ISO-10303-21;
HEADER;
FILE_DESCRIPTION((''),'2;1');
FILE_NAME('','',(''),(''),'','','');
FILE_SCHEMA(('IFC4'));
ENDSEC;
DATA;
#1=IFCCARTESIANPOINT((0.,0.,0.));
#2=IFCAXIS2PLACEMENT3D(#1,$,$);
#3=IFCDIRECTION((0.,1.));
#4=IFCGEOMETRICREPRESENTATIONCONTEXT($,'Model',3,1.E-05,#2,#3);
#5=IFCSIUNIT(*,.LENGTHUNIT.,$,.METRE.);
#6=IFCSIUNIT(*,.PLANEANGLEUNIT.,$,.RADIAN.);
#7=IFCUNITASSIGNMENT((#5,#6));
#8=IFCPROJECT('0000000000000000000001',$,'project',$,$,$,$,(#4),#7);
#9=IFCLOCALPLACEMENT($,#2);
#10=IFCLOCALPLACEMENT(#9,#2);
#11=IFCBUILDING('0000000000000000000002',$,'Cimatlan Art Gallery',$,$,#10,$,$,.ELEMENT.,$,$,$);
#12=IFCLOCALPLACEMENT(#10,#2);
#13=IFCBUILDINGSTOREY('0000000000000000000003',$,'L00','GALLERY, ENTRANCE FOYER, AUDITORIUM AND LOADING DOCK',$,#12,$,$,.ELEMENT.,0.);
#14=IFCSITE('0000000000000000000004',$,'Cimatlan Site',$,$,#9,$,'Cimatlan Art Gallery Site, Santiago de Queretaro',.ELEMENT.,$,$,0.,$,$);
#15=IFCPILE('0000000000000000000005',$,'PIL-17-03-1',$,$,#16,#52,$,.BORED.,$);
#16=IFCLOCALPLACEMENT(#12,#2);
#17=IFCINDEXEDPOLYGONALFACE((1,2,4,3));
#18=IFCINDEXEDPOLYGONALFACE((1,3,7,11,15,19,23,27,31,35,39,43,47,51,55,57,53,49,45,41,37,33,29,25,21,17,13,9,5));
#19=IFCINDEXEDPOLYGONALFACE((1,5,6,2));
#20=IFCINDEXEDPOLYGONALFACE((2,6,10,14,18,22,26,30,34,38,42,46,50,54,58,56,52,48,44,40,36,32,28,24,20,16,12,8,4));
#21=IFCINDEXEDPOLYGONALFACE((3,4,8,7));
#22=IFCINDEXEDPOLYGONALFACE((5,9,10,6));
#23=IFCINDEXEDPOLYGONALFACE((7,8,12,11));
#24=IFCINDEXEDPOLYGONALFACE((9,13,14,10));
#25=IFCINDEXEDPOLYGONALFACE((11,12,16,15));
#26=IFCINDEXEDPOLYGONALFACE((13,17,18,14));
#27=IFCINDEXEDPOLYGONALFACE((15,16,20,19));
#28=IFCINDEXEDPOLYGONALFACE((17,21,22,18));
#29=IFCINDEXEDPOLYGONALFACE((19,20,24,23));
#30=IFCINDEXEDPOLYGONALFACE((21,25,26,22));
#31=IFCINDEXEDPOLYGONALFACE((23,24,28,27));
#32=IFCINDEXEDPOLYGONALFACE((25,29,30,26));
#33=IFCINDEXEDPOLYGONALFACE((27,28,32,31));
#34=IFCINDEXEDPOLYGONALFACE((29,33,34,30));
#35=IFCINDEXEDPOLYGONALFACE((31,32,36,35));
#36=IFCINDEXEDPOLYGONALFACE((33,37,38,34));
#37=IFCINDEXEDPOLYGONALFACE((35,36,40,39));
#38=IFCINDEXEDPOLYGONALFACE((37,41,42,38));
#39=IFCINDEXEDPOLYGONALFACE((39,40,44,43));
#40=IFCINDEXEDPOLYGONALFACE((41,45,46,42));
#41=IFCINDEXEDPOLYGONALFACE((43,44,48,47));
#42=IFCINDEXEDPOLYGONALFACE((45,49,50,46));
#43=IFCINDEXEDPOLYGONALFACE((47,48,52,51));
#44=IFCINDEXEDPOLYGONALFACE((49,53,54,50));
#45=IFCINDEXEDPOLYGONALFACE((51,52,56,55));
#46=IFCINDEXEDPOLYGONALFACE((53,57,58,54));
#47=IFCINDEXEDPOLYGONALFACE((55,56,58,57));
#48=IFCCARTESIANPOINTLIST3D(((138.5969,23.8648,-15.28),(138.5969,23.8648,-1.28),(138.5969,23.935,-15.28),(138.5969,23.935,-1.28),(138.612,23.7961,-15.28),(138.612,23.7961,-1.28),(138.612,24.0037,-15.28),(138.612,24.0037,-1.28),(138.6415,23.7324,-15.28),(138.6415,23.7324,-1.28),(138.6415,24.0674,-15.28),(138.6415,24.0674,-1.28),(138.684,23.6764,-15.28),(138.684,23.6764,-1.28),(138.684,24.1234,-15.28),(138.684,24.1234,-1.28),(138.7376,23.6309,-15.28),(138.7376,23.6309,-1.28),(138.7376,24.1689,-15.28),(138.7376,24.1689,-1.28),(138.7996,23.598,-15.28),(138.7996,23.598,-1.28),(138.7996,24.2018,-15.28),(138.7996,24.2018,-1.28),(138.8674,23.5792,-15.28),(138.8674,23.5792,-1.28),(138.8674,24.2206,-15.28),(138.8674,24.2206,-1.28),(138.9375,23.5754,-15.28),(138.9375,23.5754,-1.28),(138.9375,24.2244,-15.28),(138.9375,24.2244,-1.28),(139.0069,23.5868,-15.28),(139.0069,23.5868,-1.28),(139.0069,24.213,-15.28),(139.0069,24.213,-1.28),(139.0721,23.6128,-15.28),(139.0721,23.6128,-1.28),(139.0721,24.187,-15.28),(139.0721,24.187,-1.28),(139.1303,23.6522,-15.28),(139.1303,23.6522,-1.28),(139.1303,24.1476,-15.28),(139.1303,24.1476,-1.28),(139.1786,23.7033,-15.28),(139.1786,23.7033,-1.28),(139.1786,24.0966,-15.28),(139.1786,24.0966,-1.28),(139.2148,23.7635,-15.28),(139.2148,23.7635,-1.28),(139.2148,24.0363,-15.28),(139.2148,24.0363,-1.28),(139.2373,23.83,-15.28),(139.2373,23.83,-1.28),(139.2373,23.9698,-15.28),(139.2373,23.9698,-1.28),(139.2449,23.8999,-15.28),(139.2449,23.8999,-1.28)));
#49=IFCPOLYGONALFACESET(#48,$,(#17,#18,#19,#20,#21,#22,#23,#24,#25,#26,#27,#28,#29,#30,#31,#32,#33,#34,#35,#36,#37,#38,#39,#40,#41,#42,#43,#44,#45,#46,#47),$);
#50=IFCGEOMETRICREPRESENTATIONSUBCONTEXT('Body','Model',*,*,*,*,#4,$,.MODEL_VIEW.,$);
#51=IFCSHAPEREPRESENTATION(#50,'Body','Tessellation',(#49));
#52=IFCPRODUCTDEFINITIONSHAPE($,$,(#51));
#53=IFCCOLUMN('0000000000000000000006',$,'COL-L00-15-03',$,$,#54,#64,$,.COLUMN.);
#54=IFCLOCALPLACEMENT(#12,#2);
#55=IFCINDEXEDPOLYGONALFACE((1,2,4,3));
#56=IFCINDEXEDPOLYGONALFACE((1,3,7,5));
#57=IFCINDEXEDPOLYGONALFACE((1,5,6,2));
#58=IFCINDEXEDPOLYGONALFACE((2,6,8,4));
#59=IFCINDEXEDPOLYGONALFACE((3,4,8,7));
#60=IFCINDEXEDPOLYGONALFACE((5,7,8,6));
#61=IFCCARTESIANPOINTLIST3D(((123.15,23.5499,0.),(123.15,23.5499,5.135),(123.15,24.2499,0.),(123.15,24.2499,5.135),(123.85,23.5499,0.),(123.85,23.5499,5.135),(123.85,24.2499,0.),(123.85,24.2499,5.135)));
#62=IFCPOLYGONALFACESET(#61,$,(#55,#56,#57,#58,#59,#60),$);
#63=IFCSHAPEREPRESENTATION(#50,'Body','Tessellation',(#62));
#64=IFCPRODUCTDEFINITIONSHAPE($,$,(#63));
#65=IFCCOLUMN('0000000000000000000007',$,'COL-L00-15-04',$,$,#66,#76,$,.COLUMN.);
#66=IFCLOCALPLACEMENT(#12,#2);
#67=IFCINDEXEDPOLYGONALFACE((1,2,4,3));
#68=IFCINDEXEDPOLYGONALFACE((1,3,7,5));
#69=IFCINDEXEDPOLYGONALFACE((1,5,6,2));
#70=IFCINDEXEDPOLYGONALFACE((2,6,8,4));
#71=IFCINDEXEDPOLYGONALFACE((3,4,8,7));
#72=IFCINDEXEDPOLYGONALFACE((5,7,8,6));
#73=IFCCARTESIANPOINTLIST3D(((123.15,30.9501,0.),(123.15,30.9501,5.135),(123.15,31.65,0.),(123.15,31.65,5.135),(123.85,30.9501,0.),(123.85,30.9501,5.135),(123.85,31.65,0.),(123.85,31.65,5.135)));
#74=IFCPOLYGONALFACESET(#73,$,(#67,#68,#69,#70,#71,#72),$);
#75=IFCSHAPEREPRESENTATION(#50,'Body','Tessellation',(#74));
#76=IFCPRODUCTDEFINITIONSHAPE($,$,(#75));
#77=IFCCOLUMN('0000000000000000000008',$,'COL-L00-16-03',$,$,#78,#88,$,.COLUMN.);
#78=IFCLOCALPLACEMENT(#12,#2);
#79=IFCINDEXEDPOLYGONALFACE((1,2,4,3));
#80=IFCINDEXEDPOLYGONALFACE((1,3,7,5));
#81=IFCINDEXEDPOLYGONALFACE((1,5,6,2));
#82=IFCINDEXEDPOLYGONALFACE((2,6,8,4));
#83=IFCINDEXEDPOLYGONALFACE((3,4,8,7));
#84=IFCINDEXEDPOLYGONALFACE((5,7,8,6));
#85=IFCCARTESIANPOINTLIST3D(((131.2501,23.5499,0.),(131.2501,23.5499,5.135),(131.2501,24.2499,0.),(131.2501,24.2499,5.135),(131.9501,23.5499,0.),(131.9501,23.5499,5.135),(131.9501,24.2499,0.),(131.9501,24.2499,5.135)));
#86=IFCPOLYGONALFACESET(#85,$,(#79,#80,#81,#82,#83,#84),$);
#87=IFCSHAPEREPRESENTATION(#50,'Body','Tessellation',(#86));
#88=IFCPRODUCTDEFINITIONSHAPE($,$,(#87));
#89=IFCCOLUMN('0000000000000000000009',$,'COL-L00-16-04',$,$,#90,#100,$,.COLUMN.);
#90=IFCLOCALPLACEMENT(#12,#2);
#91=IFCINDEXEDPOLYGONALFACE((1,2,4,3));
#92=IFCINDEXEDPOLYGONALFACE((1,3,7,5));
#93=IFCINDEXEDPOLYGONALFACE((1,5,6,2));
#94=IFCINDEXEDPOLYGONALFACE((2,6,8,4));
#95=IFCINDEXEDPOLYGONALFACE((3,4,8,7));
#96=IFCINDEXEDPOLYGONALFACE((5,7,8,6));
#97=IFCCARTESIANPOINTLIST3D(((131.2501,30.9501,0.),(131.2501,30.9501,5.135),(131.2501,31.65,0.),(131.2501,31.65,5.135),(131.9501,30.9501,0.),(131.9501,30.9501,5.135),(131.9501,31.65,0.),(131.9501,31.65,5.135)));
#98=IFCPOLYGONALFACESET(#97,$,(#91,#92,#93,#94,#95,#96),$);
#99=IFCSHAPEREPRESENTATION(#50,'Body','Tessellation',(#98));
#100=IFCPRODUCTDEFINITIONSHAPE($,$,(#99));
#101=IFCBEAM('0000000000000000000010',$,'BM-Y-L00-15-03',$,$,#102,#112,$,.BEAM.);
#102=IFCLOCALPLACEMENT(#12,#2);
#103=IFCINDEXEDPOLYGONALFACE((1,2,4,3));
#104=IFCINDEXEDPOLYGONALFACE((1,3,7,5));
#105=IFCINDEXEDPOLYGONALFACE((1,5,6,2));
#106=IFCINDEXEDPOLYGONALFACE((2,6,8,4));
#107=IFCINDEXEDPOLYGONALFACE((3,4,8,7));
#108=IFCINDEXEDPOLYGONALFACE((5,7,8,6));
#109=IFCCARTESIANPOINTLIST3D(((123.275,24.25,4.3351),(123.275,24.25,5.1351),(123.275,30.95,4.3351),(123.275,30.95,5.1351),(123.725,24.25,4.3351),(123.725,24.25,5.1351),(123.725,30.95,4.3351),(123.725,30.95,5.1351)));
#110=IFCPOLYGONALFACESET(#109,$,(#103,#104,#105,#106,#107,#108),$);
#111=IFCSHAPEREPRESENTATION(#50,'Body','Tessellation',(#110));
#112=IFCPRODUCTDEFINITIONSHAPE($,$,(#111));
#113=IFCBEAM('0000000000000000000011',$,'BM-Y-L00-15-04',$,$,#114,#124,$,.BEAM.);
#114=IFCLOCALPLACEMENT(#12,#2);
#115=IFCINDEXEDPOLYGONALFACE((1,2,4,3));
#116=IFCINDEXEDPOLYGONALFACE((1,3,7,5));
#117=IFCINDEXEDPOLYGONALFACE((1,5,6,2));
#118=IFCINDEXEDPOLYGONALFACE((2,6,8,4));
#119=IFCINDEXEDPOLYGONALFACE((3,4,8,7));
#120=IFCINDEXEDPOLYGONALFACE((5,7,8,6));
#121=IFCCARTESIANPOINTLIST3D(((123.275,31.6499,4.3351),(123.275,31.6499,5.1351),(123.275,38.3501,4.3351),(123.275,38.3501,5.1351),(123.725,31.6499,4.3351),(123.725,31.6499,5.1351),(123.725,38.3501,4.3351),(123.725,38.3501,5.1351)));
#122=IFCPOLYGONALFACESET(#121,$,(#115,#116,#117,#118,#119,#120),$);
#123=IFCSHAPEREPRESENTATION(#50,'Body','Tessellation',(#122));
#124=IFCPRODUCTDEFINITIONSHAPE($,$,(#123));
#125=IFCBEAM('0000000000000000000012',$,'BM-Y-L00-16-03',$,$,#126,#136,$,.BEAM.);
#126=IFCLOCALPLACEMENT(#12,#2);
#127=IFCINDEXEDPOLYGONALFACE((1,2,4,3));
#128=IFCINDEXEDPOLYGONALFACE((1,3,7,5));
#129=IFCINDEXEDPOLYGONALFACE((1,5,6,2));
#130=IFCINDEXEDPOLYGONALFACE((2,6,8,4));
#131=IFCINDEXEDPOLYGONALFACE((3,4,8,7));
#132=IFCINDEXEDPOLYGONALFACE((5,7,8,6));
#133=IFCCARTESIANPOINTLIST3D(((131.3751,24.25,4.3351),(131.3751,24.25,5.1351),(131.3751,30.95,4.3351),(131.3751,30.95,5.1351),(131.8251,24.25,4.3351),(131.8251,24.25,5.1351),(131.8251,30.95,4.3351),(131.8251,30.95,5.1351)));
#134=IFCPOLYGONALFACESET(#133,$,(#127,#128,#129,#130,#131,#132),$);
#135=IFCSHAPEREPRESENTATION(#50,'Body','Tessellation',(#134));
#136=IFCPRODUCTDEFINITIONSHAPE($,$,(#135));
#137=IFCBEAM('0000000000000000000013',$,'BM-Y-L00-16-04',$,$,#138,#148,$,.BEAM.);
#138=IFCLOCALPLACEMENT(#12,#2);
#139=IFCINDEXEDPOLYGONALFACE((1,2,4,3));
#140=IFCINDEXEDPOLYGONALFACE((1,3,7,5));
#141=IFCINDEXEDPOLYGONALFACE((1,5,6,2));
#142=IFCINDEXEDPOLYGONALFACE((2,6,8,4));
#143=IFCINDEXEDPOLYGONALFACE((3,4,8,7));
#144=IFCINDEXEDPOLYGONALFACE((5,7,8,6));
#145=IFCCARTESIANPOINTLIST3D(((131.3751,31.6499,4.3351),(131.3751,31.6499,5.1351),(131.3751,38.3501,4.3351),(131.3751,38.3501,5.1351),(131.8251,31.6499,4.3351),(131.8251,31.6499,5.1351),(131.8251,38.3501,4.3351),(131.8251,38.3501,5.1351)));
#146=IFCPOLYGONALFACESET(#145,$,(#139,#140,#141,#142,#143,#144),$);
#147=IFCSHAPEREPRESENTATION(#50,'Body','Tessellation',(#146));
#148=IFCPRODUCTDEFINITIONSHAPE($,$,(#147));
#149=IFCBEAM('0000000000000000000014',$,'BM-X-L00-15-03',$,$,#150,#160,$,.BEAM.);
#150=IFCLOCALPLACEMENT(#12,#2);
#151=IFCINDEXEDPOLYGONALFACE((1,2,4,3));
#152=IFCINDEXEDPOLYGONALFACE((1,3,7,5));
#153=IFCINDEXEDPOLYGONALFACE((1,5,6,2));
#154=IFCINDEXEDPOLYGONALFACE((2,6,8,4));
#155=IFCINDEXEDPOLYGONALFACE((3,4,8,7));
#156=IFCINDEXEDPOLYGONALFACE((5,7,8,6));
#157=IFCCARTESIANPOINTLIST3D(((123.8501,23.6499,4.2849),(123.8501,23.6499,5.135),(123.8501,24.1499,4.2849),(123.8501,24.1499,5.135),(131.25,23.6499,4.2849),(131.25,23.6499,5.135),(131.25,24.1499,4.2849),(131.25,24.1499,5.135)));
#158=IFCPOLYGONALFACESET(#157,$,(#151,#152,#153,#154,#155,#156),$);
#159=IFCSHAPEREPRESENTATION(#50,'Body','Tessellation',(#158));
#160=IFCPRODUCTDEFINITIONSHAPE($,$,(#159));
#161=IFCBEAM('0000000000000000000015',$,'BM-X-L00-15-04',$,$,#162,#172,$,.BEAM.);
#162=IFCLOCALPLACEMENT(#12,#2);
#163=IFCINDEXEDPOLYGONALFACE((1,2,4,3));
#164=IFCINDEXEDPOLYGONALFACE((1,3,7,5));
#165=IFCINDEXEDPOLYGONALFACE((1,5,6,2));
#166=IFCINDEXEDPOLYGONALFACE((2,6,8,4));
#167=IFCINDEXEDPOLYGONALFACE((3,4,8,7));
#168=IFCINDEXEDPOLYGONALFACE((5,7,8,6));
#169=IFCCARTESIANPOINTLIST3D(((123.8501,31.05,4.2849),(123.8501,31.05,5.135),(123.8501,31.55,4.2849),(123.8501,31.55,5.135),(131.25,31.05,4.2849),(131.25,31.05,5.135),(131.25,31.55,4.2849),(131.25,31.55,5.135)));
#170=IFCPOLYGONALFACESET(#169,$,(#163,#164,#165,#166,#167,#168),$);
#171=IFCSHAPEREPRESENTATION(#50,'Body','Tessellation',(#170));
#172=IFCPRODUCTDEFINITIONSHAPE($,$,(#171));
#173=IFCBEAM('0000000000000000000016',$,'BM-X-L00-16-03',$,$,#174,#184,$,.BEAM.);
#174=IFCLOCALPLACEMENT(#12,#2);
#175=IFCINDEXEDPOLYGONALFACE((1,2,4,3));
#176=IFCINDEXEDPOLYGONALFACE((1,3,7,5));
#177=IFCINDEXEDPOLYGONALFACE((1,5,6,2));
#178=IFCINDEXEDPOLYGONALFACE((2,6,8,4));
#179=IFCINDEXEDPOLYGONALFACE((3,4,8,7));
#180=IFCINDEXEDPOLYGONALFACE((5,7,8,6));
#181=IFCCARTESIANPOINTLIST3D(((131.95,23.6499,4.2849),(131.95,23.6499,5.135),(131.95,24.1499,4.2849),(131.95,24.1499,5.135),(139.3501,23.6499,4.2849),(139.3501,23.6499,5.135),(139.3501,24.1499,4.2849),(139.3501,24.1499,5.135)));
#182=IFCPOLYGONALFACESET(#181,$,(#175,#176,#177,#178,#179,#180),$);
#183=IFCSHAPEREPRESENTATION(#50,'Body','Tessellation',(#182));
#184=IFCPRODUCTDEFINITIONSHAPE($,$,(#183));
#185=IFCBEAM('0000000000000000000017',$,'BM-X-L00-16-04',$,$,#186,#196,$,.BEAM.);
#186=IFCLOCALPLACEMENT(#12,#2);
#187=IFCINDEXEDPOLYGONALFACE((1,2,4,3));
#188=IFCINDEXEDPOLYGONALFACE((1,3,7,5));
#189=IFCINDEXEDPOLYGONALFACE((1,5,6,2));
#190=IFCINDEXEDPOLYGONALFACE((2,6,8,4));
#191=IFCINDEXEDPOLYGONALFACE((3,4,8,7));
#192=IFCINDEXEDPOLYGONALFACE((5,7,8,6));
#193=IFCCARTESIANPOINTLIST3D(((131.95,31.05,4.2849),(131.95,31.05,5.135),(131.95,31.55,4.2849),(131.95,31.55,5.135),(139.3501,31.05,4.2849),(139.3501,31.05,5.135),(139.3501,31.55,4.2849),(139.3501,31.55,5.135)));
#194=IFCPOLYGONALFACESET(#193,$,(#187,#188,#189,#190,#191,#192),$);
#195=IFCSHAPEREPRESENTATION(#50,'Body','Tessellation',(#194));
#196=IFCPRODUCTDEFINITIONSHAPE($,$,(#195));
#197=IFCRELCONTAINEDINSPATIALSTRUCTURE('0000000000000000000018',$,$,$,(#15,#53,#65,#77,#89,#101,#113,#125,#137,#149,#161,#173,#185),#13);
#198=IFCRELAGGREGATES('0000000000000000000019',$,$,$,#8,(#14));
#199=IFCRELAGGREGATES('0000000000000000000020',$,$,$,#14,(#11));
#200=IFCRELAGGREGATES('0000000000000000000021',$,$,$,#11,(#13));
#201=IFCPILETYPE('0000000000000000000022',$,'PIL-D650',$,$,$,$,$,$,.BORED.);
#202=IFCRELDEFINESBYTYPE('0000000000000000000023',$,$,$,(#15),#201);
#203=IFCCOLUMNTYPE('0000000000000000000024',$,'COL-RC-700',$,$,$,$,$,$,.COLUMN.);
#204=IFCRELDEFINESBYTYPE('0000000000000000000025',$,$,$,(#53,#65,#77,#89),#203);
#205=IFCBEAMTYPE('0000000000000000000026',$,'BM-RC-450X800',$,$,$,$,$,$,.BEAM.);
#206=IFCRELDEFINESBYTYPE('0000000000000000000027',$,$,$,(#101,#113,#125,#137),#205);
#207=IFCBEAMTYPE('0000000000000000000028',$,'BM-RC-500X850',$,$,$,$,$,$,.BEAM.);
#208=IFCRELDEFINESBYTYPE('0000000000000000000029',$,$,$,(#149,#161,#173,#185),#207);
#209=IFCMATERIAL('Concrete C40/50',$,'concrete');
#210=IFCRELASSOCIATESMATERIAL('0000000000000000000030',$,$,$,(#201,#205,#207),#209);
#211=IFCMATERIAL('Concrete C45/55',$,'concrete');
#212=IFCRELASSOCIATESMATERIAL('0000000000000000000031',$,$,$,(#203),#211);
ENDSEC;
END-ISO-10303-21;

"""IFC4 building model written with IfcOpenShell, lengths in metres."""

from ifc_helpers import new_model, si_unit, direction, frame, origin, origin_2d, place, context, subcontext, project, spatial, rectangle, circle, extrude, material, material_profile, profile_set, type_object, element, save


model = new_model("IFC4")

# Units and contexts
model_context = context("Model", 3, precision=1e-05, world=origin(), true_north=direction((0.0, 1.0)))
body_context = subcontext(model_context, "Body", "Model", "MODEL_VIEW")
ifc_project = project(units=[si_unit("LENGTHUNIT", "METRE"), si_unit("PLANEANGLEUNIT", "RADIAN")], contexts=[model_context])

# Site, building, storey
site_placement = place(None, origin())
site = spatial("IfcSite", under=ifc_project, at=site_placement, Name="Cimatlan Site", LongName="Cimatlan Art Gallery Site, Santiago de Queretaro", CompositionType="ELEMENT", RefElevation=0.0)
building_placement = place(site_placement, origin())
building = spatial("IfcBuilding", under=site, at=building_placement, Name="Cimatlan Art Gallery", CompositionType="ELEMENT")
storey_placement = place(building_placement, origin())
storey = spatial("IfcBuildingStorey", under=building, at=storey_placement, Name="L00", Description="GALLERY, ENTRANCE FOYER, AUDITORIUM AND LOADING DOCK", CompositionType="ELEMENT", Elevation=0.0)

# Pile
ifc_material_1 = material(Name="Concrete C40/50", Category="concrete")
pile_type = type_object("IfcPileType", Name="PIL-D650", PredefinedType="BORED", material=ifc_material_1)
pile_placement = place(storey_placement, frame((138.9199, 23.8999, -1.28), z_axis=(0.0, 0.0, -1.0), x_axis=(1.0, 0.0, 0.0)))
element("IfcPile", 1, at=pile_placement, inside=storey, type_object=pile_type, Name="PIL-17-03-1", PredefinedType="BORED", context=body_context, shape_type="SweptSolid", body=[
    extrude(circle(Radius=0.325, at=origin_2d()), origin(), (0.0, 0.0, 1.0), 14.0),
])

# Columns
ifc_material_2 = material(Name="Concrete C45/55", Category="concrete")
ifc_material_profile_1 = material_profile(ifc_material_2, rectangle(XDim=0.7, YDim=0.7, at=origin_2d()), Name="RC700X700")
ifc_profile_set_1 = profile_set([ifc_material_profile_1], Name="Concrete C45/55")
column_type = type_object("IfcColumnType", Name="COL-RC-700", PredefinedType="COLUMN", material=ifc_profile_set_1)
for number, where, z_axis, x_axis, name in (
    (2, (123.5, 23.8999, 0.0), (0.0, 0.0, 1.0), (1.0, 0.0, 0.0), "COL-L00-15-03"),
    (3, (123.5, 31.3, 0.0), (0.0, 0.0, 1.0), (1.0, 0.0, 0.0), "COL-L00-15-04"),
    (4, (131.6001, 23.8999, 0.0), (0.0, 0.0, 1.0), (1.0, 0.0, 0.0), "COL-L00-16-03"),
    (5, (131.6001, 31.3, 0.0), (0.0, 0.0, 1.0), (1.0, 0.0, 0.0), "COL-L00-16-04"),
):
    element("IfcColumn", number, at=place(storey_placement, frame(where, z_axis=z_axis, x_axis=x_axis)), inside=storey, type_object=column_type, Name=name, PredefinedType="COLUMN", context=body_context, shape_type="SweptSolid", body=[
        extrude(rectangle(XDim=0.7, YDim=0.7, at=origin_2d()), origin(), (0.0, 0.0, 1.0), 5.135),
    ])

# Beams
ifc_material_profile_2 = material_profile(ifc_material_1, rectangle(XDim=0.45, YDim=0.8, at=origin_2d()), Name="RC450X800")
ifc_profile_set_2 = profile_set([ifc_material_profile_2], Name="Concrete C40/50")
beam_type_1 = type_object("IfcBeamType", Name="BM-RC-450X800", PredefinedType="BEAM", material=ifc_profile_set_2)
beam_1_placement = place(storey_placement, frame((123.5, 24.25, 4.7351), z_axis=(0.0, 1.0, 0.0), x_axis=(-1.0, 0.0, 0.0)))
element("IfcBeam", 6, at=beam_1_placement, inside=storey, type_object=beam_type_1, Name="BM-Y-L00-15-03", PredefinedType="BEAM", context=body_context, shape_type="SweptSolid", body=[
    extrude(rectangle(XDim=0.45, YDim=0.8, at=origin_2d()), origin(), (0.0, 0.0, 1.0), 6.7),
])
beam_2_placement = place(storey_placement, frame((123.5, 31.6499, 4.7351), z_axis=(0.0, 1.0, 0.0), x_axis=(-1.0, 0.0, 0.0)))
element("IfcBeam", 7, at=beam_2_placement, inside=storey, type_object=beam_type_1, Name="BM-Y-L00-15-04", PredefinedType="BEAM", context=body_context, shape_type="SweptSolid", body=[
    extrude(rectangle(XDim=0.45, YDim=0.8, at=origin_2d()), origin(), (0.0, 0.0, 1.0), 6.7002),
])
beam_3_placement = place(storey_placement, frame((131.6001, 24.25, 4.7351), z_axis=(0.0, 1.0, 0.0), x_axis=(-1.0, 0.0, 0.0)))
element("IfcBeam", 8, at=beam_3_placement, inside=storey, type_object=beam_type_1, Name="BM-Y-L00-16-03", PredefinedType="BEAM", context=body_context, shape_type="SweptSolid", body=[
    extrude(rectangle(XDim=0.45, YDim=0.8, at=origin_2d()), origin(), (0.0, 0.0, 1.0), 6.7),
])
beam_4_placement = place(storey_placement, frame((131.6001, 31.6499, 4.7351), z_axis=(0.0, 1.0, 0.0), x_axis=(-1.0, 0.0, 0.0)))
element("IfcBeam", 9, at=beam_4_placement, inside=storey, type_object=beam_type_1, Name="BM-Y-L00-16-04", PredefinedType="BEAM", context=body_context, shape_type="SweptSolid", body=[
    extrude(rectangle(XDim=0.45, YDim=0.8, at=origin_2d()), origin(), (0.0, 0.0, 1.0), 6.7002),
])
ifc_material_profile_3 = material_profile(ifc_material_1, rectangle(XDim=0.5, YDim=0.8501, at=origin_2d()), Name="RC500X850")
ifc_profile_set_3 = profile_set([ifc_material_profile_3], Name="Concrete C40/50")
beam_type_2 = type_object("IfcBeamType", Name="BM-RC-500X850", PredefinedType="BEAM", material=ifc_profile_set_3)
for number, where, z_axis, x_axis, name in (
    (10, (123.8501, 23.8999, 4.71), (1.0, 0.0, 0.0), (0.0, 1.0, 0.0), "BM-X-L00-15-03"),
    (11, (123.8501, 31.3, 4.71), (1.0, 0.0, 0.0), (0.0, 1.0, 0.0), "BM-X-L00-15-04"),
):
    element("IfcBeam", number, at=place(storey_placement, frame(where, z_axis=z_axis, x_axis=x_axis)), inside=storey, type_object=beam_type_2, Name=name, PredefinedType="BEAM", context=body_context, shape_type="SweptSolid", body=[
        extrude(rectangle(XDim=0.5, YDim=0.8501, at=origin_2d()), origin(), (0.0, 0.0, 1.0), 7.3999),
    ])
for number, where, z_axis, x_axis, name in (
    (12, (131.95, 23.8999, 4.71), (1.0, 0.0, 0.0), (0.0, 1.0, 0.0), "BM-X-L00-16-03"),
    (13, (131.95, 31.3, 4.71), (1.0, 0.0, 0.0), (0.0, 1.0, 0.0), "BM-X-L00-16-04"),
):
    element("IfcBeam", number, at=place(storey_placement, frame(where, z_axis=z_axis, x_axis=x_axis)), inside=storey, type_object=beam_type_2, Name=name, PredefinedType="BEAM", context=body_context, shape_type="SweptSolid", body=[
        extrude(rectangle(XDim=0.5, YDim=0.8501, at=origin_2d()), origin(), (0.0, 0.0, 1.0), 7.4001),
    ])

save(model, "model.ifc")
